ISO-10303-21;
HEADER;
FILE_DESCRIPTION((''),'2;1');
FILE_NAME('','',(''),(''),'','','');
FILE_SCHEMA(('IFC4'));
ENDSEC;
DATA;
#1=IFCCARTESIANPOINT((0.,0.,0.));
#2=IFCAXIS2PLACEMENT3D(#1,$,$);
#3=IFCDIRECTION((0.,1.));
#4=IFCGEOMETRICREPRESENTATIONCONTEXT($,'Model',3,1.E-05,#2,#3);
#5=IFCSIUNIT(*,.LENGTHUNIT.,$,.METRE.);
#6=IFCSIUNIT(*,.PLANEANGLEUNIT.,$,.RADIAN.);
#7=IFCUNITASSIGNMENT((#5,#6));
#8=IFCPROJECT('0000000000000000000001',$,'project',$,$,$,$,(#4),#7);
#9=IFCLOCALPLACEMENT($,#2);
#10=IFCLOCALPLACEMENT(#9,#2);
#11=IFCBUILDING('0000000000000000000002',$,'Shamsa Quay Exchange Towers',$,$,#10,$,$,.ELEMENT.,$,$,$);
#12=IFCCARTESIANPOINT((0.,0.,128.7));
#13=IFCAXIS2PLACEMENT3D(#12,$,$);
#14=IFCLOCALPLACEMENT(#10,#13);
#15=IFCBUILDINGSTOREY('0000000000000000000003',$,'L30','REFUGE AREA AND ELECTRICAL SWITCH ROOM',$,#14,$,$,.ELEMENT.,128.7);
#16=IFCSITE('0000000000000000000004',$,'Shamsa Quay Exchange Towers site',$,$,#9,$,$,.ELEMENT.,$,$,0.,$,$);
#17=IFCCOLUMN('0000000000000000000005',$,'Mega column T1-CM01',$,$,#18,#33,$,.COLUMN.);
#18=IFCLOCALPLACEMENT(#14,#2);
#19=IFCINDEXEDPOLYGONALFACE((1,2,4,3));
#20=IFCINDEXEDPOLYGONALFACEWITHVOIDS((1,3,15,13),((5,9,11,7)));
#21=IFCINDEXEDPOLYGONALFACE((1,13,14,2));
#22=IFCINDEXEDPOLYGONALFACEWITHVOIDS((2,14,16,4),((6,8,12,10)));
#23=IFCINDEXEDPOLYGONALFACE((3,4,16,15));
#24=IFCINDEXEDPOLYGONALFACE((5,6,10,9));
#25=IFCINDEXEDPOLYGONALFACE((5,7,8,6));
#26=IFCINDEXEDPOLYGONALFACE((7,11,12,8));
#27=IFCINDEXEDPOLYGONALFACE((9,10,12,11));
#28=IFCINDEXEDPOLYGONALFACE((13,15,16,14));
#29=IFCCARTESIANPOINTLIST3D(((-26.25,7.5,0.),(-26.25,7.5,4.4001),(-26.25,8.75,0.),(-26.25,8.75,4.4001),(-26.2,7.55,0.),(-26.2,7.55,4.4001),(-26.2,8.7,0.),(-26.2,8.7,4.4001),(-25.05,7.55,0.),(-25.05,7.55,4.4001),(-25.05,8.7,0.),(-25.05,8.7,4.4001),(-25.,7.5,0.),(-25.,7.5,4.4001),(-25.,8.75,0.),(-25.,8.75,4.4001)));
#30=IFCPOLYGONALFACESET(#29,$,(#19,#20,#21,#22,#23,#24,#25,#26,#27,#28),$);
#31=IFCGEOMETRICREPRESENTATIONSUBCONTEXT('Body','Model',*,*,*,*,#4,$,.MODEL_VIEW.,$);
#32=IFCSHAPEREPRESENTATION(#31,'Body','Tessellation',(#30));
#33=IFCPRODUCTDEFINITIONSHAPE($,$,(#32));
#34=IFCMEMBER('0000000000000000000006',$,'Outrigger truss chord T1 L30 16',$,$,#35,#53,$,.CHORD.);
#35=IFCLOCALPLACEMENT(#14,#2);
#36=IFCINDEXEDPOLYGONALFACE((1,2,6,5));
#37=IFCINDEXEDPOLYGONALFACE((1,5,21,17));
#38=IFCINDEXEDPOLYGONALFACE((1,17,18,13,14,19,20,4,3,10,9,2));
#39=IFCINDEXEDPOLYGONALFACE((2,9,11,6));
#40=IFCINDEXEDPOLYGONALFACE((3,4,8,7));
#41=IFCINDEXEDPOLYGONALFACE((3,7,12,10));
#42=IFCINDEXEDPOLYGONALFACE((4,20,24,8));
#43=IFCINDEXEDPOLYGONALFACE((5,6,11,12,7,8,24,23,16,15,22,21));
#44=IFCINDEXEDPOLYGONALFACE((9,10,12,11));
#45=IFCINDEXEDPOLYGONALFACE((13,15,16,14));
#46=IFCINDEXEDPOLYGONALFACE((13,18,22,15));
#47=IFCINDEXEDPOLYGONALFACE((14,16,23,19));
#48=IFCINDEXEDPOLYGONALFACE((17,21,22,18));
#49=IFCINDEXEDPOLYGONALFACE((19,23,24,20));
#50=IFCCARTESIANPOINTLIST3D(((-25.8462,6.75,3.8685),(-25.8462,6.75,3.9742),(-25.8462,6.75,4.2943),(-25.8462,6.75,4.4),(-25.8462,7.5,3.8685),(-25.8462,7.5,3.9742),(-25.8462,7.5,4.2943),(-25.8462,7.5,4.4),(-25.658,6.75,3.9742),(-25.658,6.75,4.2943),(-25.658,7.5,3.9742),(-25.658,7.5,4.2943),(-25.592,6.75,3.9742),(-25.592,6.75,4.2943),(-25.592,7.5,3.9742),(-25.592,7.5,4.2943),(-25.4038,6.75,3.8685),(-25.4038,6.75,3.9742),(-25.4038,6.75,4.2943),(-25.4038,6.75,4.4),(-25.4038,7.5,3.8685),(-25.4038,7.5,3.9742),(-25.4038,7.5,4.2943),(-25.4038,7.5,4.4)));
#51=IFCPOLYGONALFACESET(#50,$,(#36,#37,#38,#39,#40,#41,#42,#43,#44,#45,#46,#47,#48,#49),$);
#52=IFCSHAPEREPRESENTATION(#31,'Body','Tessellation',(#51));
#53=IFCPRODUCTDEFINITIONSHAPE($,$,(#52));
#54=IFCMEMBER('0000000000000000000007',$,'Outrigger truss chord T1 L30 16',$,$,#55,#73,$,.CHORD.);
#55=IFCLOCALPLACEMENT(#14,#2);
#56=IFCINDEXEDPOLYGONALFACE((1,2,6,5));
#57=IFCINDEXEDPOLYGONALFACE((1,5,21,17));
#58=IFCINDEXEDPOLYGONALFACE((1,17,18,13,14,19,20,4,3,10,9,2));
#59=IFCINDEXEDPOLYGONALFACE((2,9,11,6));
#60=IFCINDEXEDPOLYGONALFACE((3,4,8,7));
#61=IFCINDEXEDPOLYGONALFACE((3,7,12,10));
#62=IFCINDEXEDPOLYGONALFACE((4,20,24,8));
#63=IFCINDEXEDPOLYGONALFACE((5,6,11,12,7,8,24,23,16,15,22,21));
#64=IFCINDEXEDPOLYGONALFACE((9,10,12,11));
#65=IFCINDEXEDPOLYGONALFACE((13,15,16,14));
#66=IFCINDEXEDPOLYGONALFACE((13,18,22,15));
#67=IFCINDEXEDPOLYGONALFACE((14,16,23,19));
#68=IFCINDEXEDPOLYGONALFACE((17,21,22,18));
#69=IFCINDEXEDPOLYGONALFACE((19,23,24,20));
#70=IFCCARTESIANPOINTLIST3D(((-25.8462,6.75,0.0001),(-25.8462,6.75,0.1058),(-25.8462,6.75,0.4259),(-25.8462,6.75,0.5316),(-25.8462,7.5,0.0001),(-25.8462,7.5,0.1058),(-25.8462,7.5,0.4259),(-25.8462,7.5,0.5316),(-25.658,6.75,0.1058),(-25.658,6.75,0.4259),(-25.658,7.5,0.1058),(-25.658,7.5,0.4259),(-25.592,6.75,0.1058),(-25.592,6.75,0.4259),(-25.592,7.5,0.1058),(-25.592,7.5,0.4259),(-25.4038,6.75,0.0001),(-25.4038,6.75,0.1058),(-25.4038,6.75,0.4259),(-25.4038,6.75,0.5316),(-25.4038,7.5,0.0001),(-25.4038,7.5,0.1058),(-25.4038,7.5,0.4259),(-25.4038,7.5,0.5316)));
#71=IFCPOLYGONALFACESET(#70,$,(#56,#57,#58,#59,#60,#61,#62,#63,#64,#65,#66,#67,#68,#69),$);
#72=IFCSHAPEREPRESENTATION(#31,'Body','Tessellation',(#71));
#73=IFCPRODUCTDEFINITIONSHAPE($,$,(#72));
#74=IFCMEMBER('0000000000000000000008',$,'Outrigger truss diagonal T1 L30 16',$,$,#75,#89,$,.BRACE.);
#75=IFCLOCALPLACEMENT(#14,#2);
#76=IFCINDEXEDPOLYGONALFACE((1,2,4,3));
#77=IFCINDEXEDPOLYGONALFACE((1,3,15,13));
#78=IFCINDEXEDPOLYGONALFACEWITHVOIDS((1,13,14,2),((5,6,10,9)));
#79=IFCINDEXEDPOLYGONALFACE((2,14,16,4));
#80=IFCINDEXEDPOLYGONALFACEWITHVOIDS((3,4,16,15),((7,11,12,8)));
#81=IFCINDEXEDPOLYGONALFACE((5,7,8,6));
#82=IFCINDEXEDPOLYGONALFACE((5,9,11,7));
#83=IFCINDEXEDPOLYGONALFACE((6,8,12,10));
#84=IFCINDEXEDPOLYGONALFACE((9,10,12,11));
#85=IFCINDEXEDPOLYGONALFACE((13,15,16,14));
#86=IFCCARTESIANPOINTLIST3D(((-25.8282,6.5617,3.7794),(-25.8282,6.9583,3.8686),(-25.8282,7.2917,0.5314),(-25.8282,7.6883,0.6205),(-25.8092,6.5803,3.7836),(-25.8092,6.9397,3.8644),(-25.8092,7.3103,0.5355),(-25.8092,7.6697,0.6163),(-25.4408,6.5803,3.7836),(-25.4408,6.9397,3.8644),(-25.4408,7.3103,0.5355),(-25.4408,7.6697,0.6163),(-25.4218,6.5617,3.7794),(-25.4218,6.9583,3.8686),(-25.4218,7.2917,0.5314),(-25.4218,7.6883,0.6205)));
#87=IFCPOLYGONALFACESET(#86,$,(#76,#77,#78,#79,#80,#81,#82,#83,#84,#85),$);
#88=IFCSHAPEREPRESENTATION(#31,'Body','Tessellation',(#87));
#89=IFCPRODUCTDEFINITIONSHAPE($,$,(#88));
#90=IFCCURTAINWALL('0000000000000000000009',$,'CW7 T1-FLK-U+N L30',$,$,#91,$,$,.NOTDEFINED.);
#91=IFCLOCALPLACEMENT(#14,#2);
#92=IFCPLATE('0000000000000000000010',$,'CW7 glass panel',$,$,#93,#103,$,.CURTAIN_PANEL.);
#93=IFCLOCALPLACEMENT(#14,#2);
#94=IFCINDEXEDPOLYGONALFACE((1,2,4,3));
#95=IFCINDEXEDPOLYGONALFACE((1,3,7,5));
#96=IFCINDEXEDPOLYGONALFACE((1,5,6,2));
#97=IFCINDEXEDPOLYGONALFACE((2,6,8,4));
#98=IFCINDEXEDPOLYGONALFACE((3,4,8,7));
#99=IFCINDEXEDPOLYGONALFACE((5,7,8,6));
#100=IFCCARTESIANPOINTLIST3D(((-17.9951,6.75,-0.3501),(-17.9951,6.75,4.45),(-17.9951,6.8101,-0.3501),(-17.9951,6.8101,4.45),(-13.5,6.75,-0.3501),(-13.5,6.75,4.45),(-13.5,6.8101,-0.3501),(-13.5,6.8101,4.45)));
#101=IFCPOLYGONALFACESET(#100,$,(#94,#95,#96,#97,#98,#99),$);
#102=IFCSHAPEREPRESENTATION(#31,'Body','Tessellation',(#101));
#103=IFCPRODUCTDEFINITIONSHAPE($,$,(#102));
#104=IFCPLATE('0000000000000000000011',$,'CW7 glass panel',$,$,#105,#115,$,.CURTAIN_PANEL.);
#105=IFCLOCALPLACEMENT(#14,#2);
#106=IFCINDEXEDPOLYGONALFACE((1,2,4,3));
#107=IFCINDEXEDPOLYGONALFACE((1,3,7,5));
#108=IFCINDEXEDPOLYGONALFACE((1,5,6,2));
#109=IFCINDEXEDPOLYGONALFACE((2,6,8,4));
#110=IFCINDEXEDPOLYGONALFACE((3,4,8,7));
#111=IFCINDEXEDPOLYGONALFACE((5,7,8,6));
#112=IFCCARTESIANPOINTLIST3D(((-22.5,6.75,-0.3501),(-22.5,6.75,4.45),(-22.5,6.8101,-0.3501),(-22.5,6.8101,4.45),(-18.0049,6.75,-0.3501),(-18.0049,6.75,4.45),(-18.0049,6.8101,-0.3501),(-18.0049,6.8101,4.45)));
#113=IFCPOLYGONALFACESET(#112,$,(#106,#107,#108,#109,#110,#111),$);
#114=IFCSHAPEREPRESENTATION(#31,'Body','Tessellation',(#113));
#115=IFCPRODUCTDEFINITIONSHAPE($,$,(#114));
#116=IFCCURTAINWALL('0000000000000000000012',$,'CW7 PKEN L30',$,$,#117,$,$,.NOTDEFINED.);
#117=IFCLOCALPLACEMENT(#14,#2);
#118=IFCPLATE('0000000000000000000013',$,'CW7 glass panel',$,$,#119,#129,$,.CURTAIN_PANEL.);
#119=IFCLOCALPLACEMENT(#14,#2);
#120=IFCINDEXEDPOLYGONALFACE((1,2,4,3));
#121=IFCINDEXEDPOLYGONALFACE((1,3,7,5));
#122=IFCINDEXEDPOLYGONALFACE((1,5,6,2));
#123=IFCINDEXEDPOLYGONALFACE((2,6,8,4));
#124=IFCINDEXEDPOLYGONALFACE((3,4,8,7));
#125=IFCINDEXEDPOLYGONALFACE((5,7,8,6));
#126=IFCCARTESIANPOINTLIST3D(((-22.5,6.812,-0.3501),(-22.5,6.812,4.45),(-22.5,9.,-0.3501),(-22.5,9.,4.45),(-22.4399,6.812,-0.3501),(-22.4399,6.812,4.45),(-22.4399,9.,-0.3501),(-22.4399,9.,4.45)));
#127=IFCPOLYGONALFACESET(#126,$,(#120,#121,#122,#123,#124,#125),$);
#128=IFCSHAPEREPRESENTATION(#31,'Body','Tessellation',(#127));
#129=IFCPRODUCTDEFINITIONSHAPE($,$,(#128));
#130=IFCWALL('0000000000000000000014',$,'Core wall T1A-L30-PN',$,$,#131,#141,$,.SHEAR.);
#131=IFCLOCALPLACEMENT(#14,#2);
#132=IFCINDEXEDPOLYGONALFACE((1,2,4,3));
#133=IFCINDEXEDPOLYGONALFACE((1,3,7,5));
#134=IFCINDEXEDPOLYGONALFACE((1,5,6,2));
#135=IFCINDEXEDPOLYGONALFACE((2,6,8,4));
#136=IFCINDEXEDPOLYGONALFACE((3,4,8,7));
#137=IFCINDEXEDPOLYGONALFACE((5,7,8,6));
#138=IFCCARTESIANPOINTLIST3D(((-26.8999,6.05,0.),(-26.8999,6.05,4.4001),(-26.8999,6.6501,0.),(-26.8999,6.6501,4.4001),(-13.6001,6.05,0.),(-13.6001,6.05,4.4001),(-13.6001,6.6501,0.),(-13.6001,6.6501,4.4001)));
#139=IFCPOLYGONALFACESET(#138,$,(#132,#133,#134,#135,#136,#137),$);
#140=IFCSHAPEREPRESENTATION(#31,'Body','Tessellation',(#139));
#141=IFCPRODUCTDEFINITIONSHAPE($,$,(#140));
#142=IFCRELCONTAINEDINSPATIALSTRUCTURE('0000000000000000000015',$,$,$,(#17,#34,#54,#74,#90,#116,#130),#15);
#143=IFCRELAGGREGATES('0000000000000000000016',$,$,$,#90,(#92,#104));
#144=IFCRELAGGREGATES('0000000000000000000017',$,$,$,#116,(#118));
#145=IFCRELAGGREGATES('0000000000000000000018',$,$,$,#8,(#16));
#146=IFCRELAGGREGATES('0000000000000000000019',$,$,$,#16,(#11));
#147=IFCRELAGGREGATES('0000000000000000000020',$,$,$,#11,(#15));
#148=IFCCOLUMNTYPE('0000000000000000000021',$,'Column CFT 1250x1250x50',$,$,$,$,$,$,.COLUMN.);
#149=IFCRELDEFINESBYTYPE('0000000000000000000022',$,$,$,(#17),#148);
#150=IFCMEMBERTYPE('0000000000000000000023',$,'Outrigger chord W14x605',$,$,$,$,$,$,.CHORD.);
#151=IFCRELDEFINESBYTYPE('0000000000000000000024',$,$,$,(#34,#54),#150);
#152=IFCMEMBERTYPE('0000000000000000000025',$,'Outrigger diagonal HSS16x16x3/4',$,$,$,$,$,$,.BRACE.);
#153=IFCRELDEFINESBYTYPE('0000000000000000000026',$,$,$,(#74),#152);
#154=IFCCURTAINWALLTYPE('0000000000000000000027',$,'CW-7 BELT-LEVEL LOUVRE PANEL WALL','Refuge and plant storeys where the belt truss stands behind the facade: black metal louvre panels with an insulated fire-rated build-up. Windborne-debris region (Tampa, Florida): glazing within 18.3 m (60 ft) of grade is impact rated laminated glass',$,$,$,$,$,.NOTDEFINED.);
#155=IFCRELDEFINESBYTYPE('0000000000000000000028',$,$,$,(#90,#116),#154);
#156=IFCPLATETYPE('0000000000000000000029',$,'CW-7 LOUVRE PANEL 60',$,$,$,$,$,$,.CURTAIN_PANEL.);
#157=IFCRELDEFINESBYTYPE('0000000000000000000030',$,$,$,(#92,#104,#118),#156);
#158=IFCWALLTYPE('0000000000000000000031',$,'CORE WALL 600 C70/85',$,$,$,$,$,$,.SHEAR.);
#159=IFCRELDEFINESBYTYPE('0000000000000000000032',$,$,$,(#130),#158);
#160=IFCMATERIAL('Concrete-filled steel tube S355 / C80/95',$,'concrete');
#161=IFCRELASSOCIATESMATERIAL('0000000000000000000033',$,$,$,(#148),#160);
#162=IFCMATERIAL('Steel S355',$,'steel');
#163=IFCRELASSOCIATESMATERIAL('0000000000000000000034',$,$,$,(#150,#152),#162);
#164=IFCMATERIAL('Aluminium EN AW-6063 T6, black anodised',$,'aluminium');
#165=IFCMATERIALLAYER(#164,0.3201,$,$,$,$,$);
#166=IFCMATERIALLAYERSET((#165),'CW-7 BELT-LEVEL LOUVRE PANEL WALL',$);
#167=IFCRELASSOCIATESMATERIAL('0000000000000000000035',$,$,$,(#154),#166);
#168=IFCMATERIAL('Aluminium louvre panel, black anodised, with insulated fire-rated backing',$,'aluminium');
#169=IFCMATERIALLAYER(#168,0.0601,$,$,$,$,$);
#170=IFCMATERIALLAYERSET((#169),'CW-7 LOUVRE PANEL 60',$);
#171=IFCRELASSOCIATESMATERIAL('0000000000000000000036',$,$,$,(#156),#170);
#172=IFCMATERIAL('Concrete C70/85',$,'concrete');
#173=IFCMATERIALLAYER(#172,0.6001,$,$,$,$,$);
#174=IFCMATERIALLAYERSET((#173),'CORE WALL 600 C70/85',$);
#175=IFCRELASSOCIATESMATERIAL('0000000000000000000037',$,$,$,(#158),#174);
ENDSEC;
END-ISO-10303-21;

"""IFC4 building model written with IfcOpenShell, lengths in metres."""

from ifc_helpers import new_model, si_unit, direction, frame, frame_2d, origin, origin_2d, place, context, subcontext, project, spatial, rectangle, hollow_rectangle, i_section, extrude, material, layer, layer_set, material_profile, profile_set, type_object, element, aggregate, save


model = new_model("IFC4")

# Units and contexts
model_context = context("Model", 3, precision=1e-05, world=origin(), true_north=direction((0.0, 1.0)))
body_context = subcontext(model_context, "Body", "Model", "MODEL_VIEW")
ifc_project = project(units=[si_unit("LENGTHUNIT", "METRE"), si_unit("PLANEANGLEUNIT", "RADIAN")], contexts=[model_context])

# Site, building, storey
site_placement = place(None, origin())
site = spatial("IfcSite", under=ifc_project, at=site_placement, Name="Shamsa Quay Exchange Towers site", CompositionType="ELEMENT", RefElevation=0.0)
building_placement = place(site_placement, origin())
building = spatial("IfcBuilding", under=site, at=building_placement, Name="Shamsa Quay Exchange Towers", CompositionType="ELEMENT")
storey_placement = place(building_placement, frame((0.0, 0.0, 128.7)))
storey = spatial("IfcBuildingStorey", under=building, at=storey_placement, Name="L30", Description="REFUGE AREA AND ELECTRICAL SWITCH ROOM", CompositionType="ELEMENT", Elevation=128.7)

# Column
ifc_material_1 = material(Name="Concrete-filled steel tube S355 / C80/95", Category="concrete")
ifc_material_profile_1 = material_profile(ifc_material_1, hollow_rectangle(XDim=1.25, YDim=1.25, WallThickness=0.05, at=origin_2d()), Name="CFT 1250x1250x50")
ifc_profile_set_1 = profile_set([ifc_material_profile_1], Name="Concrete-filled steel tube S355 / C80/95")
column_type = type_object("IfcColumnType", Name="Column CFT 1250x1250x50", PredefinedType="COLUMN", material=ifc_profile_set_1)
column_placement = place(storey_placement, frame((-25.625, 8.125, 0.0)))
element("IfcColumn", 1, at=column_placement, inside=storey, type_object=column_type, Name="Mega column T1-CM01", PredefinedType="COLUMN", context=body_context, shape_type="SweptSolid", body=[
    extrude(hollow_rectangle(XDim=1.25, YDim=1.25, WallThickness=0.05, at=origin_2d()), origin(), (0.0, 0.0, 1.0), 4.4001),
])

# Members
ifc_material_2 = material(Name="Steel S355", Category="steel")
ifc_material_profile_2 = material_profile(ifc_material_2, i_section(OverallWidth=0.4424, OverallDepth=0.5315, WebThickness=0.0659, FlangeThickness=0.1057, at=origin_2d()), Name="W14x605")
ifc_profile_set_2 = profile_set([ifc_material_profile_2], Name="Steel S355")
member_type_1 = type_object("IfcMemberType", Name="Outrigger chord W14x605", PredefinedType="CHORD", material=ifc_profile_set_2)
for number, where, z_axis, x_axis, name in (
    (2, (-25.625, 7.5, 4.1343), (0.0, -1.0, 0.0), (1.0, 0.0, 0.0), "Outrigger truss chord T1 L30 16"),
    (3, (-25.625, 7.5, 0.2659), (0.0, -1.0, 0.0), (1.0, 0.0, 0.0), "Outrigger truss chord T1 L30 16"),
):
    element("IfcMember", number, at=place(storey_placement, frame(where, z_axis=z_axis, x_axis=x_axis)), inside=storey, type_object=member_type_1, Name=name, PredefinedType="CHORD", context=body_context, shape_type="SweptSolid", body=[
        extrude(i_section(OverallWidth=0.4424, OverallDepth=0.5315, WebThickness=0.0659, FlangeThickness=0.1057, at=origin_2d()), origin(), (0.0, 0.0, 1.0), 0.75),
    ])
ifc_material_profile_3 = material_profile(ifc_material_2, hollow_rectangle(XDim=0.4065, YDim=0.4065, WallThickness=0.019, at=origin_2d()), Name="HSS16x16x3/4")
ifc_profile_set_3 = profile_set([ifc_material_profile_3], Name="Steel S355")
member_type_2 = type_object("IfcMemberType", Name="Outrigger diagonal HSS16x16x3/4", PredefinedType="BRACE", material=ifc_profile_set_3)
member_placement = place(storey_placement, frame((-25.625, 7.49, 0.5759), z_axis=(0.0, -0.219275, 0.975663), x_axis=(1.0, 0.0, 0.0)))
element("IfcMember", 4, at=member_placement, inside=storey, type_object=member_type_2, Name="Outrigger truss diagonal T1 L30 16", PredefinedType="BRACE", context=body_context, shape_type="SweptSolid", body=[
    extrude(hollow_rectangle(XDim=0.4065, YDim=0.4065, WallThickness=0.019, at=origin_2d()), origin(), (0.0, 0.0, 1.0), 3.3291),
])

# Curtain wall, plates
ifc_material_3 = material(Name="Aluminium EN AW-6063 T6, black anodised", Category="aluminium")
ifc_layer_1 = layer(ifc_material_3, 0.3201)
ifc_layer_set_1 = layer_set([ifc_layer_1], Name="CW-7 BELT-LEVEL LOUVRE PANEL WALL")
curtain_wall_type = type_object("IfcCurtainWallType", Name="CW-7 BELT-LEVEL LOUVRE PANEL WALL", Description="Refuge and plant storeys where the belt truss stands behind the facade: black metal louvre panels with an insulated fire-rated build-up. Windborne-debris region (Tampa, Florida): glazing within 18.3 m (60 ft) of grade is impact rated laminated glass", PredefinedType="NOTDEFINED", material=ifc_layer_set_1)
curtain_wall_1_placement = place(storey_placement, origin())
curtain_wall_1 = element("IfcCurtainWall", 5, at=curtain_wall_1_placement, inside=storey, type_object=curtain_wall_type, Name="CW7 T1-FLK-U+N L30", PredefinedType="NOTDEFINED")
ifc_material_4 = material(Name="Aluminium louvre panel, black anodised, with insulated fire-rated backing", Category="aluminium")
ifc_layer_2 = layer(ifc_material_4, 0.0601)
ifc_layer_set_2 = layer_set([ifc_layer_2], Name="CW-7 LOUVRE PANEL 60")
plate_type = type_object("IfcPlateType", Name="CW-7 LOUVRE PANEL 60", PredefinedType="CURTAIN_PANEL", material=ifc_layer_set_2)
plate_1_placement = place(storey_placement, frame((-15.7476, 6.78, -0.3501), z_axis=(0.0, 0.0, 1.0), x_axis=(-1.0, 0.0, 0.0)))
plate_1 = element("IfcPlate", 6, at=plate_1_placement, type_object=plate_type, Name="CW7 glass panel", PredefinedType="CURTAIN_PANEL", context=body_context, shape_type="SweptSolid", body=[
    extrude(rectangle(XDim=4.4951, YDim=0.0601, at=origin_2d()), origin(), (0.0, 0.0, 1.0), 4.8),
])
plate_2_placement = place(storey_placement, frame((-20.2524, 6.78, -0.3501), z_axis=(0.0, 0.0, 1.0), x_axis=(-1.0, 0.0, 0.0)))
plate_2 = element("IfcPlate", 7, at=plate_2_placement, type_object=plate_type, Name="CW7 glass panel", PredefinedType="CURTAIN_PANEL", context=body_context, shape_type="SweptSolid", body=[
    extrude(rectangle(XDim=4.4951, YDim=0.0601, at=origin_2d()), origin(), (0.0, 0.0, 1.0), 4.8),
])
aggregate(curtain_wall_1, [plate_1, plate_2])

# Curtain wall, plate
curtain_wall_2_placement = place(storey_placement, origin())
curtain_wall_2 = element("IfcCurtainWall", 8, at=curtain_wall_2_placement, inside=storey, type_object=curtain_wall_type, Name="CW7 PKEN L30", PredefinedType="NOTDEFINED")
plate_3_placement = place(storey_placement, frame((-22.47, 7.906, -0.3501), z_axis=(0.0, 0.0, 1.0), x_axis=(0.0, 1.0, 0.0)))
plate_3 = element("IfcPlate", 9, at=plate_3_placement, type_object=plate_type, Name="CW7 glass panel", PredefinedType="CURTAIN_PANEL", context=body_context, shape_type="SweptSolid", body=[
    extrude(rectangle(XDim=2.188, YDim=0.0601, at=origin_2d()), origin(), (0.0, 0.0, 1.0), 4.8),
])
aggregate(curtain_wall_2, [plate_3])

# Wall
ifc_material_5 = material(Name="Concrete C70/85", Category="concrete")
ifc_layer_3 = layer(ifc_material_5, 0.6001)
ifc_layer_set_3 = layer_set([ifc_layer_3], Name="CORE WALL 600 C70/85")
wall_type_1 = type_object("IfcWallType", Name="CORE WALL 600 C70/85", PredefinedType="SHEAR", material=ifc_layer_set_3)
wall_1_placement = place(storey_placement, frame((-26.8999, 6.3501, 0.0)))
element("IfcWall", 10, at=wall_1_placement, inside=storey, type_object=wall_type_1, Name="Core wall T1A-L30-PN", PredefinedType="SHEAR", context=body_context, shape_type="SweptSolid", body=[
    extrude(rectangle(XDim=13.2998, YDim=0.6001, at=frame_2d((6.6499, 0.0))), origin(), (0.0, 0.0, 1.0), 4.4001),
])

save(model, "model.ifc")
